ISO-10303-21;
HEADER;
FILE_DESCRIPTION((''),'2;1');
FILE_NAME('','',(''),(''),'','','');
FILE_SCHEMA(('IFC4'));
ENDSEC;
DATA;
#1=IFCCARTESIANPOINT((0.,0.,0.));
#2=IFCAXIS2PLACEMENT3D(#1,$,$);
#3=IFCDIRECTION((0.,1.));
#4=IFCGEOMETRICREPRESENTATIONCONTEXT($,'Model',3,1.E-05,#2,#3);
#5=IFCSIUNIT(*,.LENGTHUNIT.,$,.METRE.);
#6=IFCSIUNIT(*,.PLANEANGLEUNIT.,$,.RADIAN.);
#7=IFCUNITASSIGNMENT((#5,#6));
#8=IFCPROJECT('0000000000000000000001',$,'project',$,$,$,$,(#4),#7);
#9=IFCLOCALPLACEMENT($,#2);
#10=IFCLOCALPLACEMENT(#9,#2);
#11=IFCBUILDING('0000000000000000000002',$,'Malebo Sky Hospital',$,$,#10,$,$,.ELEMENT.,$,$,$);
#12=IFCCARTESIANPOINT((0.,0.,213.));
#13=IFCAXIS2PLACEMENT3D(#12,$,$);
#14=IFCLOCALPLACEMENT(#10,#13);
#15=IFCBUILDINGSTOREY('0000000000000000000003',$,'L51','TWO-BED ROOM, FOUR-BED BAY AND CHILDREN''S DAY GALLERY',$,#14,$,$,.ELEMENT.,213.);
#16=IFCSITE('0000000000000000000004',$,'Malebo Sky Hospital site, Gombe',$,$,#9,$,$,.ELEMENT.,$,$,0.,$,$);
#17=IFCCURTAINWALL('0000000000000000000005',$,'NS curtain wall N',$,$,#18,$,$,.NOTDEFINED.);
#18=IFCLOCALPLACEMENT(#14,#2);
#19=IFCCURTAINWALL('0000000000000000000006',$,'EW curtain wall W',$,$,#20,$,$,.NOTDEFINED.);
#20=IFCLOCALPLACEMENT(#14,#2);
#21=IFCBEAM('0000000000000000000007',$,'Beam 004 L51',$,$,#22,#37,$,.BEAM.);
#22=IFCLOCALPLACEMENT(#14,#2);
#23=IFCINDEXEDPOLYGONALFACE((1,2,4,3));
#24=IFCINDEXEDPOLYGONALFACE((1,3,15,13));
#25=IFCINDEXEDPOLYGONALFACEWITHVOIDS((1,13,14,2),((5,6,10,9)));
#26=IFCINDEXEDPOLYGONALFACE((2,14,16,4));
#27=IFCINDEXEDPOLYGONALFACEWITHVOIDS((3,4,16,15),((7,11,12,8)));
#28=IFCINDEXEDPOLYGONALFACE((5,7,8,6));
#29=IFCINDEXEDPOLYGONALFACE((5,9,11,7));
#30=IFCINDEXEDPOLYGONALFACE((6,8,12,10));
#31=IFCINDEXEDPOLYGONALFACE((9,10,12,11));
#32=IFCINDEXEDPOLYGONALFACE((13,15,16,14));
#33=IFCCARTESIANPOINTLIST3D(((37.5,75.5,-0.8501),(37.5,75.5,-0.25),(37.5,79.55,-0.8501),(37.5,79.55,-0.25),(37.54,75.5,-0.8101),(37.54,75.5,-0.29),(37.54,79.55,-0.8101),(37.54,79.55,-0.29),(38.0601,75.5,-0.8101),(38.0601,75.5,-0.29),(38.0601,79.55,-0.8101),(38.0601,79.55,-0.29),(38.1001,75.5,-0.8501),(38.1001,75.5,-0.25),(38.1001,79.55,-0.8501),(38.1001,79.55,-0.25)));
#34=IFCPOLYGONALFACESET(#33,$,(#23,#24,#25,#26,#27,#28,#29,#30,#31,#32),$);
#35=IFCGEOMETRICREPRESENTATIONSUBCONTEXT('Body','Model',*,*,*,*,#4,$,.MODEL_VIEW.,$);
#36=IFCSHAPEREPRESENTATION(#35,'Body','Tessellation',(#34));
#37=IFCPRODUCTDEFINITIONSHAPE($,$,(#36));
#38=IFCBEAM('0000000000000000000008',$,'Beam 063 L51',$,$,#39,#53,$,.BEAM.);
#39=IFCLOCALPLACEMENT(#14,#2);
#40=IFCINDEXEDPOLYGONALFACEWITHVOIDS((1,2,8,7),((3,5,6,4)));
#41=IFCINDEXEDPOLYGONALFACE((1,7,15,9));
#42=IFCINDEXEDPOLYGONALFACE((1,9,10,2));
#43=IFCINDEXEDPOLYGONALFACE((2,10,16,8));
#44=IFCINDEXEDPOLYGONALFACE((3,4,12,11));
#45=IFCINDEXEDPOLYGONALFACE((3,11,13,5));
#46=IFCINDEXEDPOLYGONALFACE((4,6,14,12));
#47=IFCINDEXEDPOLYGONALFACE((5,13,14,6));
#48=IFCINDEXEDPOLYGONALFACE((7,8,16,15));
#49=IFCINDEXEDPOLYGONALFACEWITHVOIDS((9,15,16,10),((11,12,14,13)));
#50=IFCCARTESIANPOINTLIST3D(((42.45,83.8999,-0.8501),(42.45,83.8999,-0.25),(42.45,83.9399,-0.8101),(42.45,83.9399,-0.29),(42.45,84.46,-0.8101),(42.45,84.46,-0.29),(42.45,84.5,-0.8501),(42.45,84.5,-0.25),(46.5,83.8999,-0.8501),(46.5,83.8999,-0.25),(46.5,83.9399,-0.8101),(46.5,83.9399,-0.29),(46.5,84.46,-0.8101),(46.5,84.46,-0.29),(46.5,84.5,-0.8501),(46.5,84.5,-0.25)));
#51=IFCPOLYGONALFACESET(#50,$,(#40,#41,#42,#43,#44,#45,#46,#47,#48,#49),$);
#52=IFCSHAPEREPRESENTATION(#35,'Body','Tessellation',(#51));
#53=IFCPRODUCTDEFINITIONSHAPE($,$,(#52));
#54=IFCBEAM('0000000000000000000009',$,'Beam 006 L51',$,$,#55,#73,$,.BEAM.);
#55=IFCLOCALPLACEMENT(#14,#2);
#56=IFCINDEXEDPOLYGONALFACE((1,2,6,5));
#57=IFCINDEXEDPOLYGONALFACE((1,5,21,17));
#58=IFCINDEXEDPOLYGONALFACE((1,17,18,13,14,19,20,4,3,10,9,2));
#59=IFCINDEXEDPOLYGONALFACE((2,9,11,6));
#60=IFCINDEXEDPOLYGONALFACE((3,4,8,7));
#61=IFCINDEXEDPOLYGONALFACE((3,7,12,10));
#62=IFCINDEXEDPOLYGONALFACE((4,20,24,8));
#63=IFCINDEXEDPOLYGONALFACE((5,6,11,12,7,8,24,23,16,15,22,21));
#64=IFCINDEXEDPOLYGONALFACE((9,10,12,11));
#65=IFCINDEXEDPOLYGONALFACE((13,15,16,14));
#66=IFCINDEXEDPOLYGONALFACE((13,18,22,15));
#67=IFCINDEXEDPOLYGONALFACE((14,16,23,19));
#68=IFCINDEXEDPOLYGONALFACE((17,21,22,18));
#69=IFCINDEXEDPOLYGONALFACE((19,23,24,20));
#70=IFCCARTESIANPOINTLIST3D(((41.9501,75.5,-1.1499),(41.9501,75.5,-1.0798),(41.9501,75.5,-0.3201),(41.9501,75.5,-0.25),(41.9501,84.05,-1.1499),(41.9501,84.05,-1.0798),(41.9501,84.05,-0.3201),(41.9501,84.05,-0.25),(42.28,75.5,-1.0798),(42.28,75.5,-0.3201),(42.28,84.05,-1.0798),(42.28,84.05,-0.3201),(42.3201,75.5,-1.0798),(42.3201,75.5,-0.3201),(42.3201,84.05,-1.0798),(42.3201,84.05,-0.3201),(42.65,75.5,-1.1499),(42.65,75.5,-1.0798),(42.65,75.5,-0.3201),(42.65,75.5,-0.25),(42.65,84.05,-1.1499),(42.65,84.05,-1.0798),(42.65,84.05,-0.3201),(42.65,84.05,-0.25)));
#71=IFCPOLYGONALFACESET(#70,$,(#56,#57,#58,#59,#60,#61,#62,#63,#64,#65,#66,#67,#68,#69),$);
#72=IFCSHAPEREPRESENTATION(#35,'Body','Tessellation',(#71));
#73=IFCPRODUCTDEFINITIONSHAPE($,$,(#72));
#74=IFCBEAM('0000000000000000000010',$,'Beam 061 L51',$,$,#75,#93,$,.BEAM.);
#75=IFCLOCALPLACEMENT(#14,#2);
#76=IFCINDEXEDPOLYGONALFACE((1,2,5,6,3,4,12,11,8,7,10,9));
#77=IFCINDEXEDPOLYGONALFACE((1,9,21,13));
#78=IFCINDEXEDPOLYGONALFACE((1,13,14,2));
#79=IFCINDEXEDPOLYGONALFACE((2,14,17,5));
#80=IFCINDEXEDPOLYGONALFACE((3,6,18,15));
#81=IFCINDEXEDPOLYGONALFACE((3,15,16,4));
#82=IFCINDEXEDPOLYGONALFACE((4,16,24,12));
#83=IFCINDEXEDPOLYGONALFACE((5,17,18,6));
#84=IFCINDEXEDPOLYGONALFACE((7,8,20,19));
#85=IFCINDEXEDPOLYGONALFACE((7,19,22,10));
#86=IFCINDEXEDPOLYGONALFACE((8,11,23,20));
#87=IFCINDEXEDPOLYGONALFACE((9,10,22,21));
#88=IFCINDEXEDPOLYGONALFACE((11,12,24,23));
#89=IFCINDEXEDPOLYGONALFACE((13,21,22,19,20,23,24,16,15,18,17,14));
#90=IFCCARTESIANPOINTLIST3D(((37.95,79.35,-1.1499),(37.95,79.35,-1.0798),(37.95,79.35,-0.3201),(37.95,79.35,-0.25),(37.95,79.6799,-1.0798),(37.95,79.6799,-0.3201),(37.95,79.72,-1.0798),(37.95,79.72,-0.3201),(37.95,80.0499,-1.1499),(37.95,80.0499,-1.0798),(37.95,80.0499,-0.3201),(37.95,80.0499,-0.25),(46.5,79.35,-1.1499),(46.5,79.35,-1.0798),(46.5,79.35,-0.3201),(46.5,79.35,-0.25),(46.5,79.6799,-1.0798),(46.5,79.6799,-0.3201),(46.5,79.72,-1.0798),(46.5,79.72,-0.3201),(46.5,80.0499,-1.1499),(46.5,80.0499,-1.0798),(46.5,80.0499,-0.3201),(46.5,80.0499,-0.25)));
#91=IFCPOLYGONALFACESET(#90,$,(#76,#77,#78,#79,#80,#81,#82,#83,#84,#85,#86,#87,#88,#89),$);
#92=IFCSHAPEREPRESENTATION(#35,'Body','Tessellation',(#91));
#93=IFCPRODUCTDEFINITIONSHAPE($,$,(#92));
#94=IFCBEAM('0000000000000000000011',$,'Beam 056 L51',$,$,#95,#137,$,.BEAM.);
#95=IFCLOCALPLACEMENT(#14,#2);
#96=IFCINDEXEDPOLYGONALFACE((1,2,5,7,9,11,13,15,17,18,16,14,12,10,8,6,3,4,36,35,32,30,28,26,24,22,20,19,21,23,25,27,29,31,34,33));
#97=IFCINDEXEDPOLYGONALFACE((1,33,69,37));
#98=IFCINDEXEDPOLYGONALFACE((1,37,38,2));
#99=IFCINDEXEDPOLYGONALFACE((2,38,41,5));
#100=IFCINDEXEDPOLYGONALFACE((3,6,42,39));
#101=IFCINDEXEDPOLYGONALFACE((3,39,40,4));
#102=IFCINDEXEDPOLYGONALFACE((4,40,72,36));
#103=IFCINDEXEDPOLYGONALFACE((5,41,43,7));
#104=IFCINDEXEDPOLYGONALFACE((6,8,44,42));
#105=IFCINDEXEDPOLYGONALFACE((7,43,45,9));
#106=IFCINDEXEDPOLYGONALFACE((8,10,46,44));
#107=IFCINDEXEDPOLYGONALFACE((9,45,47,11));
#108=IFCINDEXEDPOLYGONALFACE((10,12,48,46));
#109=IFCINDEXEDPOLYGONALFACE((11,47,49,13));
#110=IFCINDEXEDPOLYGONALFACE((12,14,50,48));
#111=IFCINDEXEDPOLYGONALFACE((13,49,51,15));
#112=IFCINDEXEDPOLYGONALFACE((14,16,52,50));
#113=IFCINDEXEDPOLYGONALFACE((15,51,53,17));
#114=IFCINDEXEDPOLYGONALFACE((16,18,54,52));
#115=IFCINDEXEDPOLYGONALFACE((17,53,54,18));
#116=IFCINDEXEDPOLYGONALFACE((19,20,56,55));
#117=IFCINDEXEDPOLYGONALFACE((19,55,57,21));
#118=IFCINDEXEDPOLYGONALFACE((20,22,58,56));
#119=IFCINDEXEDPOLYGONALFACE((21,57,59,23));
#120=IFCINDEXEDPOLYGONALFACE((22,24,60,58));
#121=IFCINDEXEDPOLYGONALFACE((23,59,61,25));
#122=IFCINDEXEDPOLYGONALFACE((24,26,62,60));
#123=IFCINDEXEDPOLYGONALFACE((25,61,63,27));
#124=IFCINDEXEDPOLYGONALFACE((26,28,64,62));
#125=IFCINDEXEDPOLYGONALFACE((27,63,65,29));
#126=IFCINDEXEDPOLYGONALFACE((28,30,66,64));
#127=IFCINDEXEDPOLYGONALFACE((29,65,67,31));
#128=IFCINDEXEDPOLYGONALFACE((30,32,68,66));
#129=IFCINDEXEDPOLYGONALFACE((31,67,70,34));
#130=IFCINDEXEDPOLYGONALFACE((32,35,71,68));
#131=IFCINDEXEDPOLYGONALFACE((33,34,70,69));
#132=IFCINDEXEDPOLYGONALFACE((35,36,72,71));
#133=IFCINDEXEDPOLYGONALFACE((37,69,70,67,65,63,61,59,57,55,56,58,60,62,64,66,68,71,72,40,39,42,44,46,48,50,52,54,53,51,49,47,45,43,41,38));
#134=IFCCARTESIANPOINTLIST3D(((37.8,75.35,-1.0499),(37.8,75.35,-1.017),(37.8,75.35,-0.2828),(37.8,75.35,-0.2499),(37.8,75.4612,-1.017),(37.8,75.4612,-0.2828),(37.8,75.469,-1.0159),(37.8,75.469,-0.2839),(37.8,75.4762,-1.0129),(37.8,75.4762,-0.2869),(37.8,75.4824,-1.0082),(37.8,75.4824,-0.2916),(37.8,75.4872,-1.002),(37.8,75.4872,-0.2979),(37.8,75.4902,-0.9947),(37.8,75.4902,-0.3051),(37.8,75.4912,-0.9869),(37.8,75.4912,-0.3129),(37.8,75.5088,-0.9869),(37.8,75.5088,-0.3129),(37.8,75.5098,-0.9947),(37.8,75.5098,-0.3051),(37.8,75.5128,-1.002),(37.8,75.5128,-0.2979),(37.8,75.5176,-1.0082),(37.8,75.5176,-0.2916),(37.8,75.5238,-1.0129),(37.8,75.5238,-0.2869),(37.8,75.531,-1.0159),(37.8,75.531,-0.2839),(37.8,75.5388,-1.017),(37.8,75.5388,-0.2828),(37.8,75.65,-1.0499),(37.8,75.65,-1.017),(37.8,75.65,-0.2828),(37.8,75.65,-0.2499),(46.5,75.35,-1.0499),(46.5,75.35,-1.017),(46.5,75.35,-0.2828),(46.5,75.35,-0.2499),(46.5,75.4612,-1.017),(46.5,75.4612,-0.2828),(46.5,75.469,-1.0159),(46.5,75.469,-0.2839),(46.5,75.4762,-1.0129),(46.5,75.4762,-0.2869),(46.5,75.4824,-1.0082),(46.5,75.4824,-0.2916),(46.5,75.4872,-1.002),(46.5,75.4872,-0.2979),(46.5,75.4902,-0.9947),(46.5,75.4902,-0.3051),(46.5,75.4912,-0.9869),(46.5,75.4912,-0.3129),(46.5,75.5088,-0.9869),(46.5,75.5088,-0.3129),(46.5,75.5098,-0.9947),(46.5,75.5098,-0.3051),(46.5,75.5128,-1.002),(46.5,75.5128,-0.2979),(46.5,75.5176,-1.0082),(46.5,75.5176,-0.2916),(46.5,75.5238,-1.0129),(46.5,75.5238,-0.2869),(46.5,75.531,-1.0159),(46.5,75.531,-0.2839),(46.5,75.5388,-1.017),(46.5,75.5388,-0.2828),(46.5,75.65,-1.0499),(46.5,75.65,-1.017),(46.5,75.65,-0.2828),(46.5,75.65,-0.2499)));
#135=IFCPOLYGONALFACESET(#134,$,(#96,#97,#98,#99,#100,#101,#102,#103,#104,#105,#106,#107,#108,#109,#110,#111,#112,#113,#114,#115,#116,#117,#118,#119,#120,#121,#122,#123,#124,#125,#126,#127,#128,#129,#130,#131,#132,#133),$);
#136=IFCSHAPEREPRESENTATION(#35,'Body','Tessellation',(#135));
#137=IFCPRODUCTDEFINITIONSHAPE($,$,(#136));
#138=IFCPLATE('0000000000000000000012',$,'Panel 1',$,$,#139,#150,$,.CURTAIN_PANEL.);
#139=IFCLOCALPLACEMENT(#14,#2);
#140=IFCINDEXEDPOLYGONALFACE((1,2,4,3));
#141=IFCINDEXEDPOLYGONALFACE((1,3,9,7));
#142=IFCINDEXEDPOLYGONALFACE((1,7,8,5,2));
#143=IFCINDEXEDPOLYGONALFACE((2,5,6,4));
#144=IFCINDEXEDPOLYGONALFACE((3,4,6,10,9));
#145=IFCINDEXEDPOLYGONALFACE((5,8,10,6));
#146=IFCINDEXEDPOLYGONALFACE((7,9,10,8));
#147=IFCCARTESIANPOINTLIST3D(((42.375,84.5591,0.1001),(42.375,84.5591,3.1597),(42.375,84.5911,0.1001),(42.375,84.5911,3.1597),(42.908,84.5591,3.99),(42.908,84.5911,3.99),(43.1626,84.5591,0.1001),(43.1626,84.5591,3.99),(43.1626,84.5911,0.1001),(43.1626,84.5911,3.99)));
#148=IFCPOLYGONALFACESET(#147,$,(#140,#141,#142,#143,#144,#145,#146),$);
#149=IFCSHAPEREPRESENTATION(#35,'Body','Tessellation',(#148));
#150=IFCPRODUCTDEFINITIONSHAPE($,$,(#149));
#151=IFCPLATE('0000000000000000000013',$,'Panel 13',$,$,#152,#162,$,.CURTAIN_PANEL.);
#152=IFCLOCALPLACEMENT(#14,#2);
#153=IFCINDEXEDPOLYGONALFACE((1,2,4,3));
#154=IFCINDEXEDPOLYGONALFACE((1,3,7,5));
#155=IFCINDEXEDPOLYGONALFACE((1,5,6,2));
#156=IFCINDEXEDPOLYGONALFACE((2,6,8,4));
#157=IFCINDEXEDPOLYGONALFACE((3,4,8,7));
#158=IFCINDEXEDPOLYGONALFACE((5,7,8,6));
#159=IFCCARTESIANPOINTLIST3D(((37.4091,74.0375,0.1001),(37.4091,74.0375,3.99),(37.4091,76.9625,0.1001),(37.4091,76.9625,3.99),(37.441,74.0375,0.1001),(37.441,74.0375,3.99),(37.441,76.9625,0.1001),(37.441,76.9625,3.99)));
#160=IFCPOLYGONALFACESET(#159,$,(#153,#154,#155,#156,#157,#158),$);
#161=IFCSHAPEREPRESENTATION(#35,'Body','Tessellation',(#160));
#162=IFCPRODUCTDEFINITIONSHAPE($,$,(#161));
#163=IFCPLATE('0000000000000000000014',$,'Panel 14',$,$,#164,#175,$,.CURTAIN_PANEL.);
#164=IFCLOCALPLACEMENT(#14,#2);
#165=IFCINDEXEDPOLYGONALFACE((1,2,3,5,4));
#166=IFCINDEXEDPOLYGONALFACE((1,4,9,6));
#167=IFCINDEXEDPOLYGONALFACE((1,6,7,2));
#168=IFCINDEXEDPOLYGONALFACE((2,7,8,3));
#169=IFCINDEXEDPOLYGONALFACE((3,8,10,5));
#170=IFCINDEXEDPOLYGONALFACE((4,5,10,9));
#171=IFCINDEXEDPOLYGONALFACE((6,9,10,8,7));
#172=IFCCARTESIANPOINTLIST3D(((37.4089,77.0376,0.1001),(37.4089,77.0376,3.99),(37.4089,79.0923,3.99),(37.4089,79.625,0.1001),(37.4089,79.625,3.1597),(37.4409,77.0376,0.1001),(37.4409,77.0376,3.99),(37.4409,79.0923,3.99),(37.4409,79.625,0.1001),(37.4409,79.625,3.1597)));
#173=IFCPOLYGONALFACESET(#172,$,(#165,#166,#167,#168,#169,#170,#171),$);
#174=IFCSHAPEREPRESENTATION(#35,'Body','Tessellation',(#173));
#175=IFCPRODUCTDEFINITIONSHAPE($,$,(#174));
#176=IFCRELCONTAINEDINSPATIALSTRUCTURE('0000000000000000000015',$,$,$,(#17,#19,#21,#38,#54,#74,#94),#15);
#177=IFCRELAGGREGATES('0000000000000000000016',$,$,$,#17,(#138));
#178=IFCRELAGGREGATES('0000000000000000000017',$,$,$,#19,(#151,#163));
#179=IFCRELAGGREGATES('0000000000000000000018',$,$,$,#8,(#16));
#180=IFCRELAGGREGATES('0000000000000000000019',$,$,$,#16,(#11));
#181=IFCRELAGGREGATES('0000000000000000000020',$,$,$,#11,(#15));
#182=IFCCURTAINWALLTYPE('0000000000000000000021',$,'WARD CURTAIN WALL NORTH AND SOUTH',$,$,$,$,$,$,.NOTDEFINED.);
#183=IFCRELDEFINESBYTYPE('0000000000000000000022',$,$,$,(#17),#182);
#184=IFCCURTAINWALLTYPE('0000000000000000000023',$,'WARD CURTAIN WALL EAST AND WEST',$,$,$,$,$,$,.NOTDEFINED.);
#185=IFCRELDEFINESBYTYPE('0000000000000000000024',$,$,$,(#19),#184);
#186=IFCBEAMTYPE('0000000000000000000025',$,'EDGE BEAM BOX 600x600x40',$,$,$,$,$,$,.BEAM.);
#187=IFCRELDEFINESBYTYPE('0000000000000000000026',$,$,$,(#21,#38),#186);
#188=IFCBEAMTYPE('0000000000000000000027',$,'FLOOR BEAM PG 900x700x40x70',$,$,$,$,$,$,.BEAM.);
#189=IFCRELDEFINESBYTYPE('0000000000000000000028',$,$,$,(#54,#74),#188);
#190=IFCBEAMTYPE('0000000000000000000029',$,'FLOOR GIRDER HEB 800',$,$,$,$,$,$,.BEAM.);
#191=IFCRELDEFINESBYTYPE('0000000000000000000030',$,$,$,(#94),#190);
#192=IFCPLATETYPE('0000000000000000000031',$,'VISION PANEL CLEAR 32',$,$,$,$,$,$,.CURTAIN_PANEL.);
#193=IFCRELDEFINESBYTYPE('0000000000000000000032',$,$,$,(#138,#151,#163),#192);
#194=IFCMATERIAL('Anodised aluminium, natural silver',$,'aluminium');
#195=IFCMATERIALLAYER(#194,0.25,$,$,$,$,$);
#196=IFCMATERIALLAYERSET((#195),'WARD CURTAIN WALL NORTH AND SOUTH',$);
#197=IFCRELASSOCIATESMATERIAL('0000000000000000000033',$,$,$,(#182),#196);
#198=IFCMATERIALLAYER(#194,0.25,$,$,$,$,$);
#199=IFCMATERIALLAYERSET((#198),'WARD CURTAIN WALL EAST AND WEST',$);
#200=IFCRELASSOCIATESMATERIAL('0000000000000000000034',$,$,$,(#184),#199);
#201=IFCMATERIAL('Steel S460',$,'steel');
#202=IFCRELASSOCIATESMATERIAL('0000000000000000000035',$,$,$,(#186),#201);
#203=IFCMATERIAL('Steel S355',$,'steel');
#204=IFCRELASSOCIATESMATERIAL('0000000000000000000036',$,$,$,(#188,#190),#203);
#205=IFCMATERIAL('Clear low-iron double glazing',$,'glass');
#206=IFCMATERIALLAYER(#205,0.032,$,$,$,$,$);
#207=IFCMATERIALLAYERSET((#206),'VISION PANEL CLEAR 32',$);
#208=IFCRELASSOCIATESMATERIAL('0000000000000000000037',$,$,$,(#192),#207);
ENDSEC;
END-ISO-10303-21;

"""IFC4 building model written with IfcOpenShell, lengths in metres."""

from ifc_helpers import new_model, si_unit, direction, frame, origin, origin_2d, place, context, subcontext, project, spatial, polyline, rectangle, hollow_rectangle, i_section, outline, extrude, material, layer, layer_set, material_profile, profile_set, type_object, element, aggregate, save


model = new_model("IFC4")

# Units and contexts
model_context = context("Model", 3, precision=1e-05, world=origin(), true_north=direction((0.0, 1.0)))
body_context = subcontext(model_context, "Body", "Model", "MODEL_VIEW")
ifc_project = project(units=[si_unit("LENGTHUNIT", "METRE"), si_unit("PLANEANGLEUNIT", "RADIAN")], contexts=[model_context])

# Site, building, storey
site_placement = place(None, origin())
site = spatial("IfcSite", under=ifc_project, at=site_placement, Name="Malebo Sky Hospital site, Gombe", CompositionType="ELEMENT", RefElevation=0.0)
building_placement = place(site_placement, origin())
building = spatial("IfcBuilding", under=site, at=building_placement, Name="Malebo Sky Hospital", CompositionType="ELEMENT")
storey_placement = place(building_placement, frame((0.0, 0.0, 213.0)))
storey = spatial("IfcBuildingStorey", under=building, at=storey_placement, Name="L51", Description="TWO-BED ROOM, FOUR-BED BAY AND CHILDREN'S DAY GALLERY", CompositionType="ELEMENT", Elevation=213.0)

# Shared definitions
ifc_material_1 = material(Name="Steel S460", Category="steel")

# Curtain walls
ifc_material_2 = material(Name="Anodised aluminium, natural silver", Category="aluminium")
ifc_layer_1 = layer(ifc_material_2, 0.25)
ifc_layer_set_1 = layer_set([ifc_layer_1], Name="WARD CURTAIN WALL NORTH AND SOUTH")
curtain_wall_type_1 = type_object("IfcCurtainWallType", Name="WARD CURTAIN WALL NORTH AND SOUTH", PredefinedType="NOTDEFINED", material=ifc_layer_set_1)
curtain_wall_1_placement = place(storey_placement, origin())
curtain_wall_1 = element("IfcCurtainWall", 1, at=curtain_wall_1_placement, inside=storey, type_object=curtain_wall_type_1, Name="NS curtain wall N", PredefinedType="NOTDEFINED")
ifc_layer_2 = layer(ifc_material_2, 0.25)
ifc_layer_set_2 = layer_set([ifc_layer_2], Name="WARD CURTAIN WALL EAST AND WEST")
curtain_wall_type_2 = type_object("IfcCurtainWallType", Name="WARD CURTAIN WALL EAST AND WEST", PredefinedType="NOTDEFINED", material=ifc_layer_set_2)
curtain_wall_2_placement = place(storey_placement, origin())
curtain_wall_2 = element("IfcCurtainWall", 2, at=curtain_wall_2_placement, inside=storey, type_object=curtain_wall_type_2, Name="EW curtain wall W", PredefinedType="NOTDEFINED")

# Beams
ifc_material_profile_1 = material_profile(ifc_material_1, hollow_rectangle(XDim=0.6001, YDim=0.6001, WallThickness=0.04, at=origin_2d()), Name="BOX 600x600x40")
ifc_profile_set_1 = profile_set([ifc_material_profile_1], Name="Steel S460")
beam_type_1 = type_object("IfcBeamType", Name="EDGE BEAM BOX 600x600x40", PredefinedType="BEAM", material=ifc_profile_set_1)
for number, where, z_axis, x_axis, name in (
    (3, (37.8, 75.5, -0.55), (0.0, 1.0, 0.0), (-1.0, 0.0, 0.0), "Beam 004 L51"),
    (4, (42.45, 84.2, -0.55), (1.0, 0.0, 0.0), (0.0, 1.0, 0.0), "Beam 063 L51"),
):
    element("IfcBeam", number, at=place(storey_placement, frame(where, z_axis=z_axis, x_axis=x_axis)), inside=storey, type_object=beam_type_1, Name=name, PredefinedType="BEAM", context=body_context, shape_type="SweptSolid", body=[
        extrude(hollow_rectangle(XDim=0.6001, YDim=0.6001, WallThickness=0.04, at=origin_2d()), origin(), (0.0, 0.0, 1.0), 4.05),
    ])
ifc_material_3 = material(Name="Steel S355", Category="steel")
ifc_material_profile_2 = material_profile(ifc_material_3, i_section(OverallWidth=0.7, OverallDepth=0.8999, WebThickness=0.04, FlangeThickness=0.0701, at=origin_2d()), Name="PG 900x700x40x70")
ifc_profile_set_2 = profile_set([ifc_material_profile_2], Name="Steel S355")
beam_type_2 = type_object("IfcBeamType", Name="FLOOR BEAM PG 900x700x40x70", PredefinedType="BEAM", material=ifc_profile_set_2)
for number, where, z_axis, x_axis, name in (
    (5, (42.3, 75.5, -0.7), (0.0, 1.0, 0.0), (-1.0, 0.0, 0.0), "Beam 006 L51"),
    (6, (37.95, 79.7, -0.7), (1.0, 0.0, 0.0), (0.0, 1.0, 0.0), "Beam 061 L51"),
):
    element("IfcBeam", number, at=place(storey_placement, frame(where, z_axis=z_axis, x_axis=x_axis)), inside=storey, type_object=beam_type_2, Name=name, PredefinedType="BEAM", context=body_context, shape_type="SweptSolid", body=[
        extrude(i_section(OverallWidth=0.7, OverallDepth=0.8999, WebThickness=0.04, FlangeThickness=0.0701, at=origin_2d()), origin(), (0.0, 0.0, 1.0), 8.55),
    ])
ifc_material_profile_3 = material_profile(ifc_material_3, i_section(OverallWidth=0.3, OverallDepth=0.8, WebThickness=0.0176, FlangeThickness=0.033, FilletRadius=0.03, at=origin_2d()), Name="HEB 800")
ifc_profile_set_3 = profile_set([ifc_material_profile_3], Name="Steel S355")
beam_type_3 = type_object("IfcBeamType", Name="FLOOR GIRDER HEB 800", PredefinedType="BEAM", material=ifc_profile_set_3)
beam_placement = place(storey_placement, frame((37.8, 75.5, -0.6499), z_axis=(1.0, 0.0, 0.0), x_axis=(0.0, 1.0, 0.0)))
element("IfcBeam", 7, at=beam_placement, inside=storey, type_object=beam_type_3, Name="Beam 056 L51", PredefinedType="BEAM", context=body_context, shape_type="SweptSolid", body=[
    extrude(i_section(OverallWidth=0.3, OverallDepth=0.8, WebThickness=0.0176, FlangeThickness=0.033, FilletRadius=0.03, at=origin_2d()), origin(), (0.0, 0.0, 1.0), 8.7),
])

# Plates
ifc_material_4 = material(Name="Clear low-iron double glazing", Category="glass")
ifc_layer_3 = layer(ifc_material_4, 0.032)
ifc_layer_set_3 = layer_set([ifc_layer_3], Name="VISION PANEL CLEAR 32")
plate_type = type_object("IfcPlateType", Name="VISION PANEL CLEAR 32", PredefinedType="CURTAIN_PANEL", material=ifc_layer_set_3)
plate_1_placement = place(storey_placement, frame((42.7688, 84.575, 0.1001), z_axis=(0.0, 0.0, 1.0), x_axis=(1.0, 0.0, 0.0)))
plate_1 = element("IfcPlate", 8, at=plate_1_placement, type_object=plate_type, Name="Panel 1", PredefinedType="CURTAIN_PANEL", context=body_context, shape_type="SweptSolid", body=[
    extrude(outline(polyline([(-0.3938, 0.0), (0.3938, 0.0), (0.3938, 3.8899), (0.1392, 3.8899), (-0.3938, 3.0596), (-0.3938, 0.0)])), frame((0.0, 0.0161, 0.0), z_axis=(0.0, -1.0, 0.0), x_axis=(1.0, 0.0, 0.0)), (0.0, 0.0, 1.0), 0.032),
])
aggregate(curtain_wall_1, [plate_1])
plate_2_placement = place(storey_placement, frame((37.425, 75.5, 0.1001), z_axis=(0.0, 0.0, 1.0), x_axis=(0.0, 1.0, 0.0)))
plate_2 = element("IfcPlate", 9, at=plate_2_placement, type_object=plate_type, Name="Panel 13", PredefinedType="CURTAIN_PANEL", context=body_context, shape_type="SweptSolid", body=[
    extrude(rectangle(XDim=2.925, YDim=0.032, at=origin_2d()), origin(), (0.0, 0.0, 1.0), 3.8899),
])
plate_3_placement = place(storey_placement, frame((37.425, 78.3313, 0.1001), z_axis=(0.0, 0.0, 1.0), x_axis=(0.0, 1.0, 0.0)))
plate_3 = element("IfcPlate", 10, at=plate_3_placement, type_object=plate_type, Name="Panel 14", PredefinedType="CURTAIN_PANEL", context=body_context, shape_type="SweptSolid", body=[
    extrude(outline(polyline([(-1.2937, 0.0), (1.2937, 0.0), (1.2937, 3.0596), (0.761, 3.8899), (-1.2937, 3.8899), (-1.2937, 0.0)])), frame((0.0, 0.0161, 0.0), z_axis=(0.0, -1.0, 0.0), x_axis=(1.0, 0.0, 0.0)), (0.0, 0.0, 1.0), 0.032),
])
aggregate(curtain_wall_2, [plate_2, plate_3])

save(model, "model.ifc")
